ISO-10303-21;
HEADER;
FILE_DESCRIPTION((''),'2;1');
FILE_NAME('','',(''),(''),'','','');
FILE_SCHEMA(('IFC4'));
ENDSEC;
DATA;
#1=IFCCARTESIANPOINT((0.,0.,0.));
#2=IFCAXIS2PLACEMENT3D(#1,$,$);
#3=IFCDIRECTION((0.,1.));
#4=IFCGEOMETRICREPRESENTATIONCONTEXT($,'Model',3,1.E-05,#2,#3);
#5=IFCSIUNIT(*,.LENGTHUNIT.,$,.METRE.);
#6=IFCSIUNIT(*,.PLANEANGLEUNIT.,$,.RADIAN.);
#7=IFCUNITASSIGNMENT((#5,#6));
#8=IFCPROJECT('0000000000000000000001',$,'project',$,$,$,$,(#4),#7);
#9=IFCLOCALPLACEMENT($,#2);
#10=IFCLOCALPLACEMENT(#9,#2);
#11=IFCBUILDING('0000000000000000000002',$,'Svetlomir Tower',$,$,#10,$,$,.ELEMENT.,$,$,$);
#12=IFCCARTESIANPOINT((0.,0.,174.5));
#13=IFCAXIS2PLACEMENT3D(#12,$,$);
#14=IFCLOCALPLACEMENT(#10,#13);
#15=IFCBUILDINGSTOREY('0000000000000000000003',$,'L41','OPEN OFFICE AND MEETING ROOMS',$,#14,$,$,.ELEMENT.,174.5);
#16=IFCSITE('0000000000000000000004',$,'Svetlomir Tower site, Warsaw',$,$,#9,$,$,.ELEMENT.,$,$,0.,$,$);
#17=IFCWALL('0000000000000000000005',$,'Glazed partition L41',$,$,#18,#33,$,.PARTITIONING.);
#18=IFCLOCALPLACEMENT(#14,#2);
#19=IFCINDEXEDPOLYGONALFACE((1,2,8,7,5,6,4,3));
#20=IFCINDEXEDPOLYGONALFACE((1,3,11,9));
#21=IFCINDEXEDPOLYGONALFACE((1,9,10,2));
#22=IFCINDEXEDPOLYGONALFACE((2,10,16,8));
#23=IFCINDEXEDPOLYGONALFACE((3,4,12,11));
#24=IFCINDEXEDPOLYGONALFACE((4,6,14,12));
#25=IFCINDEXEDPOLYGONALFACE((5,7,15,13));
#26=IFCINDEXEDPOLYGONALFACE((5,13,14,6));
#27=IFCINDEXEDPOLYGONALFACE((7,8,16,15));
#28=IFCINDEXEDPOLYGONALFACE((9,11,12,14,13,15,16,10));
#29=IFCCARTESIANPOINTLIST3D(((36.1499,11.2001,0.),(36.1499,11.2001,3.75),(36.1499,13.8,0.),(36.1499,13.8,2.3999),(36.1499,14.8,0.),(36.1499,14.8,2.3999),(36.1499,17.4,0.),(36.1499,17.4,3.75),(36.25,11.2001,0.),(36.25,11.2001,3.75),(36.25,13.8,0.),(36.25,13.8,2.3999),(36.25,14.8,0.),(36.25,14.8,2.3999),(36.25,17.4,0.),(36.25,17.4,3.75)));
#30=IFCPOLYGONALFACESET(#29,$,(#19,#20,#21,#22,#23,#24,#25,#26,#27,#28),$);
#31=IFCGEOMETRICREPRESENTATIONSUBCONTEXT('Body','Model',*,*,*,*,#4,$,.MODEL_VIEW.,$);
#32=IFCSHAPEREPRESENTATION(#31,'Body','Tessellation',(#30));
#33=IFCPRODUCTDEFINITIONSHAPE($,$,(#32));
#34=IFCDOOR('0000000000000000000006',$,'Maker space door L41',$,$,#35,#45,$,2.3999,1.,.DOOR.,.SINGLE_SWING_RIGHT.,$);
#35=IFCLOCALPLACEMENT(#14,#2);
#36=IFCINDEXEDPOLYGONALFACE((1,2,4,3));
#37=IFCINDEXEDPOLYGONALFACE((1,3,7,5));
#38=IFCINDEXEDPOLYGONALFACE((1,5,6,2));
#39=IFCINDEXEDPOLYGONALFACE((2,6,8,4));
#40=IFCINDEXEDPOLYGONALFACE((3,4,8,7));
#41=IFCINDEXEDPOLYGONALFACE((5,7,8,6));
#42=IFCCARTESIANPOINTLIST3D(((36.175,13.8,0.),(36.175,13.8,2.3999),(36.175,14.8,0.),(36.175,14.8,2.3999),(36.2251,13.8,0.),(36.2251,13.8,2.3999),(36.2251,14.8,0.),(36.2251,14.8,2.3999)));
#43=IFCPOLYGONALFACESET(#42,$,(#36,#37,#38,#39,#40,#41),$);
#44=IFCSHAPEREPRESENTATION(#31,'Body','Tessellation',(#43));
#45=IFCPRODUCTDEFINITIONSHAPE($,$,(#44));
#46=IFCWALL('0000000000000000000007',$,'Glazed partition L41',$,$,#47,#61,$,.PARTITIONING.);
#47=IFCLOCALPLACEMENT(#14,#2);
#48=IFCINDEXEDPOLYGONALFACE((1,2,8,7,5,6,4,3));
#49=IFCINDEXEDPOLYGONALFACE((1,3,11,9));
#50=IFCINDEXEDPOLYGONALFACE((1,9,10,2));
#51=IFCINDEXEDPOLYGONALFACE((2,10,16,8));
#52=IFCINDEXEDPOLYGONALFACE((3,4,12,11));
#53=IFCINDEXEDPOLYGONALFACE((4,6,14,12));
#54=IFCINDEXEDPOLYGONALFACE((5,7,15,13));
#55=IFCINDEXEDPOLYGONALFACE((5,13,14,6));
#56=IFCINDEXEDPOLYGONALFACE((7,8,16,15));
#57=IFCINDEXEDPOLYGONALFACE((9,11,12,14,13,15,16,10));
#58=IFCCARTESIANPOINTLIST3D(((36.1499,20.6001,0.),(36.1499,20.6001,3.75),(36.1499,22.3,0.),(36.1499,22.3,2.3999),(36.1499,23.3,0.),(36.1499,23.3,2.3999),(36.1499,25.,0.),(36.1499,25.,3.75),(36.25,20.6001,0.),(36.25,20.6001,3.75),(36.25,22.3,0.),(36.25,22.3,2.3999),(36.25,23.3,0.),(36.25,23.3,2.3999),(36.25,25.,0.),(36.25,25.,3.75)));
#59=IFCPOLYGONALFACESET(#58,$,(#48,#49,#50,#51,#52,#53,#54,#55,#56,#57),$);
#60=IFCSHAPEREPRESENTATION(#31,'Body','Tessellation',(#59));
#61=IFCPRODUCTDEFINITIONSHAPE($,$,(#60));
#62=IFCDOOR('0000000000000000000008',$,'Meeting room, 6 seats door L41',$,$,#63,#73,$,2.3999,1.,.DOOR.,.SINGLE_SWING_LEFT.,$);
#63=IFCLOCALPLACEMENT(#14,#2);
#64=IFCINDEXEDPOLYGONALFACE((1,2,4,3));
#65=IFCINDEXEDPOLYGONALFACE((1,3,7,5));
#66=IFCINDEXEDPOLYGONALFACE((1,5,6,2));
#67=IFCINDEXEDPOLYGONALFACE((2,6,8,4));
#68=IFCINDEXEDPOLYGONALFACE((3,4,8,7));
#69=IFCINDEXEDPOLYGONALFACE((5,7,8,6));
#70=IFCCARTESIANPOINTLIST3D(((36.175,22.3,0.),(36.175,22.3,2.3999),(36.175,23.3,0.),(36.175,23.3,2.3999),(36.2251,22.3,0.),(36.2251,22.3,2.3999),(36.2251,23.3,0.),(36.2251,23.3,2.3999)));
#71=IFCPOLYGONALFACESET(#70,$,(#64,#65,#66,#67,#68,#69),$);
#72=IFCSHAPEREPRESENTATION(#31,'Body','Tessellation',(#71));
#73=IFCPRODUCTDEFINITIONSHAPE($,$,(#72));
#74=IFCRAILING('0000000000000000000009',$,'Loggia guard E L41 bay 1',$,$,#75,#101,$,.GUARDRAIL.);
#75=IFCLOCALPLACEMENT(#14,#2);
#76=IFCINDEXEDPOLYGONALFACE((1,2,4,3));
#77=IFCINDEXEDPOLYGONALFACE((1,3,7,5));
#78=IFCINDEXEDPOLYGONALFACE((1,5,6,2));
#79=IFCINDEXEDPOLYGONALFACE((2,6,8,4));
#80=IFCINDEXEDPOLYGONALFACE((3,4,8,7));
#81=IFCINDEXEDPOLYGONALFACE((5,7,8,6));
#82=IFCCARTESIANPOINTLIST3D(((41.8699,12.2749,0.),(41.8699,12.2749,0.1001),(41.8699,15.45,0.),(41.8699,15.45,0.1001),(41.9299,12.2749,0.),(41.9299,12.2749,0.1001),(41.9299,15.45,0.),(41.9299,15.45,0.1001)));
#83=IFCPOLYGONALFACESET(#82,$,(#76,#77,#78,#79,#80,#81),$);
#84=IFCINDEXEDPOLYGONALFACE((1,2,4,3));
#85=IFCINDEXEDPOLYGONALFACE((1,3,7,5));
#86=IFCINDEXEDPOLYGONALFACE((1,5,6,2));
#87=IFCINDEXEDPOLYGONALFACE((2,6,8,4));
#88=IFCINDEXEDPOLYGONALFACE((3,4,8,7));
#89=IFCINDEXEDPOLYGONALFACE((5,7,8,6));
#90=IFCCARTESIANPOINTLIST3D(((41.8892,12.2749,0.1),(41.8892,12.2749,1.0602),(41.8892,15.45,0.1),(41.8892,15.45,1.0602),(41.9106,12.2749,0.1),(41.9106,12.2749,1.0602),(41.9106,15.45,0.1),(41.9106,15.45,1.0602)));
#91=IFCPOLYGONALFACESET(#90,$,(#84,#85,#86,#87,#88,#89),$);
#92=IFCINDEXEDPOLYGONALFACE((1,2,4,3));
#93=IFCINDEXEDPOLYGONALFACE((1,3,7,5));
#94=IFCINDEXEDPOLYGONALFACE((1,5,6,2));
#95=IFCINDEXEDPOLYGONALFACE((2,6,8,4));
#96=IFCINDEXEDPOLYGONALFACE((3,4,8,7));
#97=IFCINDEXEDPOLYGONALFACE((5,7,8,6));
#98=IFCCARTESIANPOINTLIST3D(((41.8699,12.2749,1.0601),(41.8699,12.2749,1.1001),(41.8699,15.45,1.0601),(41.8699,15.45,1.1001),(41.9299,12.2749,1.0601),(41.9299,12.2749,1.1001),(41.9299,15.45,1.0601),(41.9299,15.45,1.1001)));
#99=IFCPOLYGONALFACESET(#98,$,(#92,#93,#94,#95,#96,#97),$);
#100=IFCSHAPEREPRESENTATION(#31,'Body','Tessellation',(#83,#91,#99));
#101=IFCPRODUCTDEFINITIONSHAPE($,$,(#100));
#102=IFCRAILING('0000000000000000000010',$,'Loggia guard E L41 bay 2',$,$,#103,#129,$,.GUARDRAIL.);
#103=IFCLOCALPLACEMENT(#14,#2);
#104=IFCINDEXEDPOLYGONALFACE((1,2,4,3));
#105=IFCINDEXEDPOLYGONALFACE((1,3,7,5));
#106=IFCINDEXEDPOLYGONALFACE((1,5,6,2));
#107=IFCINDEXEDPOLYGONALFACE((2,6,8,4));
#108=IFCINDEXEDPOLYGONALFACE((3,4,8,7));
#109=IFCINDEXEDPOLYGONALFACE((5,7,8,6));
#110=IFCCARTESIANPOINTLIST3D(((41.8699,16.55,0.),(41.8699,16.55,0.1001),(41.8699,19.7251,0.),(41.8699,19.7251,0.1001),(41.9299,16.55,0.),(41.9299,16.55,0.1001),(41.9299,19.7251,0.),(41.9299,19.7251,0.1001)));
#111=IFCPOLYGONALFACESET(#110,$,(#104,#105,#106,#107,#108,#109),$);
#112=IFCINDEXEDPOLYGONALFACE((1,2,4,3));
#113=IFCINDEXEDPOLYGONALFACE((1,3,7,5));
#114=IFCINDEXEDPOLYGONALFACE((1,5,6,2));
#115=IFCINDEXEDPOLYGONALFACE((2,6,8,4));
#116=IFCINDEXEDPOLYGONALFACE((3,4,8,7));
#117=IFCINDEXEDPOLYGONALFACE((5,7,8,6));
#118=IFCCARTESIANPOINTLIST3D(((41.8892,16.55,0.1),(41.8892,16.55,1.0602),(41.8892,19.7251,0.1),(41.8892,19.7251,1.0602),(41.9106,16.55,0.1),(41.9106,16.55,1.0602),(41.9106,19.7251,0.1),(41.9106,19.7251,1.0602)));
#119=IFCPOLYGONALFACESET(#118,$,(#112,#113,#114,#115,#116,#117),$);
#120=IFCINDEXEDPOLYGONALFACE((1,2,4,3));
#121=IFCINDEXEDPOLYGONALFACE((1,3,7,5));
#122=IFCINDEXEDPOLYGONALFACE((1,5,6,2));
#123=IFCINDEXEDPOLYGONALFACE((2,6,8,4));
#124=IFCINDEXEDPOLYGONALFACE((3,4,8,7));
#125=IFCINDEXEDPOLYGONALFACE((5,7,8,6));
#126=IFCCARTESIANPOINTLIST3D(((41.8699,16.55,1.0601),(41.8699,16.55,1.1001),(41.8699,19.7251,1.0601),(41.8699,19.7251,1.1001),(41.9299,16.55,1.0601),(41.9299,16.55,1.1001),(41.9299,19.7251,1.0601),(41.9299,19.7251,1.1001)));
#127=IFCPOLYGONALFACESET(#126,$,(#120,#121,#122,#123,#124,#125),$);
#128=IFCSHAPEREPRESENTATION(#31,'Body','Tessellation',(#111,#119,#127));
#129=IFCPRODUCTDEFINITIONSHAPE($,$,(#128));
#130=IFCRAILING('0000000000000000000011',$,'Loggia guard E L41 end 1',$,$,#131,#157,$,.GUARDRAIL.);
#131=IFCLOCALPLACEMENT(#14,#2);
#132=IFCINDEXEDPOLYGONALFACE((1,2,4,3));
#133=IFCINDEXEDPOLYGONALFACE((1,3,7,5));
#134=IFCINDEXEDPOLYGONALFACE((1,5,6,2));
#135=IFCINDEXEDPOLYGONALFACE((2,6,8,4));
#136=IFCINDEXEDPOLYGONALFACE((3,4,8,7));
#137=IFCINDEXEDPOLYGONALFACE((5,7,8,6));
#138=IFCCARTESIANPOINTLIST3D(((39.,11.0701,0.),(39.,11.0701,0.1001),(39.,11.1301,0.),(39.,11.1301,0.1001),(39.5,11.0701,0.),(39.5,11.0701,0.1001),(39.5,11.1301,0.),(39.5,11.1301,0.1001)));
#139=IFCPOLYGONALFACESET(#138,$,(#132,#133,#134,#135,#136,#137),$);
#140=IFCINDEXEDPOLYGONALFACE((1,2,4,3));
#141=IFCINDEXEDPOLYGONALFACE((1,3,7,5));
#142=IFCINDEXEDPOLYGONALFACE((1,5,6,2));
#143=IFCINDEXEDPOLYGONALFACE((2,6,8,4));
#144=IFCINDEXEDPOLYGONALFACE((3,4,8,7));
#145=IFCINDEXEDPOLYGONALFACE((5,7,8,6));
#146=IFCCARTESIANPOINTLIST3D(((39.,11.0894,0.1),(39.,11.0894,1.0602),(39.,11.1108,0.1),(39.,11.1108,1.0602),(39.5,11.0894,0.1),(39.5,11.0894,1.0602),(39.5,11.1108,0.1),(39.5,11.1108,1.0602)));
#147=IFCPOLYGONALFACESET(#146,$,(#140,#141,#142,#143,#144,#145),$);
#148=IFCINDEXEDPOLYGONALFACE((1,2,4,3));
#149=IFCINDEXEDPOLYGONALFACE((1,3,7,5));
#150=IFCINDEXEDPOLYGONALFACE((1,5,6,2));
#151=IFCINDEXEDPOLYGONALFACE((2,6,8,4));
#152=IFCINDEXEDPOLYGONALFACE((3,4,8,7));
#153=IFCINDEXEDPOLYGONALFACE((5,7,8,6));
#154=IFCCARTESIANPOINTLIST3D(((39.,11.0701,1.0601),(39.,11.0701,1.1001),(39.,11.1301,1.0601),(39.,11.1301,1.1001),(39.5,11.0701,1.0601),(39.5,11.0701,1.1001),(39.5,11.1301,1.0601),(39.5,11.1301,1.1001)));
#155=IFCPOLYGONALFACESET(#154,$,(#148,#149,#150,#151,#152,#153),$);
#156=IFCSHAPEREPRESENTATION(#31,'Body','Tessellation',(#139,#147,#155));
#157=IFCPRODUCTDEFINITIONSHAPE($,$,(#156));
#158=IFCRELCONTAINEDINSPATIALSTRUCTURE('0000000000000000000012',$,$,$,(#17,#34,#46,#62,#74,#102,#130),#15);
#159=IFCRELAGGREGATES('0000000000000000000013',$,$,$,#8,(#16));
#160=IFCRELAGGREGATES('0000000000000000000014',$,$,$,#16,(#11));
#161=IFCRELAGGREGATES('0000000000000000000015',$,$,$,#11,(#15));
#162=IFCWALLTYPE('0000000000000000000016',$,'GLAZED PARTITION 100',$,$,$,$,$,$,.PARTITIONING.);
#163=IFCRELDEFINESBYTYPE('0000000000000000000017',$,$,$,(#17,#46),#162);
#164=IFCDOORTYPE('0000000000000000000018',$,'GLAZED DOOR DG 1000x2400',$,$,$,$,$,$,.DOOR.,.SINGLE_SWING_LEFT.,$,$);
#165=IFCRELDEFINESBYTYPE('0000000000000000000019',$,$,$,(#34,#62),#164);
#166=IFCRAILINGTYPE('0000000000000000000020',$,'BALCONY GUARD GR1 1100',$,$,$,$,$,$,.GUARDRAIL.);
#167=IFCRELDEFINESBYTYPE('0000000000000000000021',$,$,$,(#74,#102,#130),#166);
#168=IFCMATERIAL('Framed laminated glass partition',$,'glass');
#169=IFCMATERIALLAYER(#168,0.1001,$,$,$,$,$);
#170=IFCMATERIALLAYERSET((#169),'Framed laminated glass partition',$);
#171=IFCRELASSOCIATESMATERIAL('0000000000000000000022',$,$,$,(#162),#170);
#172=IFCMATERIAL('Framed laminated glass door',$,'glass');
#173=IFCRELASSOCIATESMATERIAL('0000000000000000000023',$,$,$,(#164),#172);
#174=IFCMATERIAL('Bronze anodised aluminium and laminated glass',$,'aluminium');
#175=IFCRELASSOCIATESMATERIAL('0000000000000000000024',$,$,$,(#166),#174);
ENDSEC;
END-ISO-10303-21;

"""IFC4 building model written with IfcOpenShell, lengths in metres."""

from ifc_helpers import new_model, si_unit, direction, frame, frame_2d, origin, origin_2d, place, context, subcontext, project, spatial, rectangle, extrude, material, layer, layer_set, type_object, element, fill, save


model = new_model("IFC4")

# Units and contexts
model_context = context("Model", 3, precision=1e-05, world=origin(), true_north=direction((0.0, 1.0)))
body_context = subcontext(model_context, "Body", "Model", "MODEL_VIEW")
ifc_project = project(units=[si_unit("LENGTHUNIT", "METRE"), si_unit("PLANEANGLEUNIT", "RADIAN")], contexts=[model_context])

# Site, building, storey
site_placement = place(None, origin())
site = spatial("IfcSite", under=ifc_project, at=site_placement, Name="Svetlomir Tower site, Warsaw", CompositionType="ELEMENT", RefElevation=0.0)
building_placement = place(site_placement, origin())
building = spatial("IfcBuilding", under=site, at=building_placement, Name="Svetlomir Tower", CompositionType="ELEMENT")
storey_placement = place(building_placement, frame((0.0, 0.0, 174.5)))
storey = spatial("IfcBuildingStorey", under=building, at=storey_placement, Name="L41", Description="OPEN OFFICE AND MEETING ROOMS", CompositionType="ELEMENT", Elevation=174.5)

# Shared definitions
ifc_material_1 = material(Name="Framed laminated glass partition", Category="glass")
ifc_layer_1 = layer(ifc_material_1, 0.1001)
ifc_layer_set_1 = layer_set([ifc_layer_1], Name="Framed laminated glass partition")
wall_type = type_object("IfcWallType", Name="GLAZED PARTITION 100", PredefinedType="PARTITIONING", material=ifc_layer_set_1)

# Walls, openings, doors
wall_1_placement = place(storey_placement, frame((36.2, 11.2, 0.0), z_axis=(0.0, 0.0, 1.0), x_axis=(0.0, 1.0, 0.0)))
wall_1 = element("IfcWall", 1, at=wall_1_placement, inside=storey, type_object=wall_type, Name="Glazed partition L41", PredefinedType="PARTITIONING", context=body_context, shape_type="SweptSolid", body=[
    extrude(rectangle(XDim=6.2, YDim=0.1001, at=frame_2d((3.1001, 0.0))), origin(), (0.0, 0.0, 1.0), 3.75),
])
opening_1_placement = place(wall_1_placement, frame((2.6001, 0.0, 0.0)))
opening_1 = element("IfcOpeningElement", 2, at=opening_1_placement, cuts=wall_1, PredefinedType="OPENING", context=body_context, shape_type="SweptSolid", body=[
    extrude(rectangle(XDim=1.0, YDim=2.3999, at=frame_2d((0.5, 1.2))), frame((0.0, 0.0601, 0.0), z_axis=(0.0, -1.0, 0.0), x_axis=(1.0, 0.0, 0.0)), (0.0, 0.0, 1.0), 0.1201),
])
ifc_material_2 = material(Name="Framed laminated glass door", Category="glass")
door_type = type_object("IfcDoorType", Name="GLAZED DOOR DG 1000x2400", OperationType="SINGLE_SWING_LEFT", PredefinedType="DOOR", material=ifc_material_2)
door_1_placement = place(opening_1_placement, origin())
door_1 = element("IfcDoor", 3, at=door_1_placement, inside=storey, type_object=door_type, Name="Maker space door L41", OperationType="SINGLE_SWING_RIGHT", OverallHeight=2.3999, OverallWidth=1.0, PredefinedType="DOOR", context=body_context, shape_type="SweptSolid", body=[
    extrude(rectangle(XDim=1.0, YDim=2.3999, at=frame_2d((0.5, 1.2))), frame((0.0, 0.0249, 0.0), z_axis=(0.0, -1.0, 0.0), x_axis=(1.0, 0.0, 0.0)), (0.0, 0.0, 1.0), 0.05),
])
fill(opening_1, door_1)
wall_2_placement = place(storey_placement, frame((36.2, 20.6001, 0.0), z_axis=(0.0, 0.0, 1.0), x_axis=(0.0, 1.0, 0.0)))
wall_2 = element("IfcWall", 4, at=wall_2_placement, inside=storey, type_object=wall_type, Name="Glazed partition L41", PredefinedType="PARTITIONING", context=body_context, shape_type="SweptSolid", body=[
    extrude(rectangle(XDim=4.3999, YDim=0.1001, at=frame_2d((2.2, 0.0))), origin(), (0.0, 0.0, 1.0), 3.75),
])
opening_2_placement = place(wall_2_placement, frame((1.7, 0.0, 0.0)))
opening_2 = element("IfcOpeningElement", 5, at=opening_2_placement, cuts=wall_2, PredefinedType="OPENING", context=body_context, shape_type="SweptSolid", body=[
    extrude(rectangle(XDim=1.0, YDim=2.3999, at=frame_2d((0.5, 1.2))), frame((0.0, 0.0601, 0.0), z_axis=(0.0, -1.0, 0.0), x_axis=(1.0, 0.0, 0.0)), (0.0, 0.0, 1.0), 0.1201),
])
door_2_placement = place(opening_2_placement, origin())
door_2 = element("IfcDoor", 6, at=door_2_placement, inside=storey, type_object=door_type, Name="Meeting room, 6 seats door L41", OperationType="SINGLE_SWING_LEFT", OverallHeight=2.3999, OverallWidth=1.0, PredefinedType="DOOR", context=body_context, shape_type="SweptSolid", body=[
    extrude(rectangle(XDim=1.0, YDim=2.3999, at=frame_2d((0.5, 1.2))), frame((0.0, 0.0249, 0.0), z_axis=(0.0, -1.0, 0.0), x_axis=(1.0, 0.0, 0.0)), (0.0, 0.0, 1.0), 0.05),
])
fill(opening_2, door_2)

# Railings
ifc_material_3 = material(Name="Bronze anodised aluminium and laminated glass", Category="aluminium")
railing_type = type_object("IfcRailingType", Name="BALCONY GUARD GR1 1100", PredefinedType="GUARDRAIL", material=ifc_material_3)
for number, where, name in (
    (7, (41.8999, 12.2749, 0.0), "Loggia guard E L41 bay 1"),
    (8, (41.8999, 16.55, 0.0), "Loggia guard E L41 bay 2"),
):
    element("IfcRailing", number, at=place(storey_placement, frame(where)), inside=storey, type_object=railing_type, Name=name, PredefinedType="GUARDRAIL", context=body_context, shape_type="SweptSolid", body=[
        extrude(rectangle(XDim=0.0601, YDim=0.1001, at=origin_2d()), frame((0.0, 0.0, 0.05), z_axis=(0.0, 1.0, 0.0), x_axis=(-1.0, 0.0, 0.0)), (0.0, 0.0, 1.0), 3.175),
        extrude(rectangle(XDim=0.0215, YDim=0.9602, at=origin_2d()), frame((0.0, 0.0, 0.5801), z_axis=(0.0, 1.0, 0.0), x_axis=(-1.0, 0.0, 0.0)), (0.0, 0.0, 1.0), 3.175),
        extrude(rectangle(XDim=0.0601, YDim=0.04, at=origin_2d()), frame((0.0, 0.0, 1.0801), z_axis=(0.0, 1.0, 0.0), x_axis=(-1.0, 0.0, 0.0)), (0.0, 0.0, 1.0), 3.175),
    ])
railing_placement = place(storey_placement, frame((39.5, 11.1001, 0.0)))
element("IfcRailing", 9, at=railing_placement, inside=storey, type_object=railing_type, Name="Loggia guard E L41 end 1", PredefinedType="GUARDRAIL", context=body_context, shape_type="SweptSolid", body=[
    extrude(rectangle(XDim=0.0601, YDim=0.1001, at=origin_2d()), frame((0.0, 0.0, 0.05), z_axis=(-1.0, 0.0, 0.0), x_axis=(0.0, -1.0, 0.0)), (0.0, 0.0, 1.0), 0.5),
    extrude(rectangle(XDim=0.0215, YDim=0.9602, at=origin_2d()), frame((0.0, 0.0, 0.5801), z_axis=(-1.0, 0.0, 0.0), x_axis=(0.0, -1.0, 0.0)), (0.0, 0.0, 1.0), 0.5),
    extrude(rectangle(XDim=0.0601, YDim=0.04, at=origin_2d()), frame((0.0, 0.0, 1.0801), z_axis=(-1.0, 0.0, 0.0), x_axis=(0.0, -1.0, 0.0)), (0.0, 0.0, 1.0), 0.5),
])

save(model, "model.ifc")
